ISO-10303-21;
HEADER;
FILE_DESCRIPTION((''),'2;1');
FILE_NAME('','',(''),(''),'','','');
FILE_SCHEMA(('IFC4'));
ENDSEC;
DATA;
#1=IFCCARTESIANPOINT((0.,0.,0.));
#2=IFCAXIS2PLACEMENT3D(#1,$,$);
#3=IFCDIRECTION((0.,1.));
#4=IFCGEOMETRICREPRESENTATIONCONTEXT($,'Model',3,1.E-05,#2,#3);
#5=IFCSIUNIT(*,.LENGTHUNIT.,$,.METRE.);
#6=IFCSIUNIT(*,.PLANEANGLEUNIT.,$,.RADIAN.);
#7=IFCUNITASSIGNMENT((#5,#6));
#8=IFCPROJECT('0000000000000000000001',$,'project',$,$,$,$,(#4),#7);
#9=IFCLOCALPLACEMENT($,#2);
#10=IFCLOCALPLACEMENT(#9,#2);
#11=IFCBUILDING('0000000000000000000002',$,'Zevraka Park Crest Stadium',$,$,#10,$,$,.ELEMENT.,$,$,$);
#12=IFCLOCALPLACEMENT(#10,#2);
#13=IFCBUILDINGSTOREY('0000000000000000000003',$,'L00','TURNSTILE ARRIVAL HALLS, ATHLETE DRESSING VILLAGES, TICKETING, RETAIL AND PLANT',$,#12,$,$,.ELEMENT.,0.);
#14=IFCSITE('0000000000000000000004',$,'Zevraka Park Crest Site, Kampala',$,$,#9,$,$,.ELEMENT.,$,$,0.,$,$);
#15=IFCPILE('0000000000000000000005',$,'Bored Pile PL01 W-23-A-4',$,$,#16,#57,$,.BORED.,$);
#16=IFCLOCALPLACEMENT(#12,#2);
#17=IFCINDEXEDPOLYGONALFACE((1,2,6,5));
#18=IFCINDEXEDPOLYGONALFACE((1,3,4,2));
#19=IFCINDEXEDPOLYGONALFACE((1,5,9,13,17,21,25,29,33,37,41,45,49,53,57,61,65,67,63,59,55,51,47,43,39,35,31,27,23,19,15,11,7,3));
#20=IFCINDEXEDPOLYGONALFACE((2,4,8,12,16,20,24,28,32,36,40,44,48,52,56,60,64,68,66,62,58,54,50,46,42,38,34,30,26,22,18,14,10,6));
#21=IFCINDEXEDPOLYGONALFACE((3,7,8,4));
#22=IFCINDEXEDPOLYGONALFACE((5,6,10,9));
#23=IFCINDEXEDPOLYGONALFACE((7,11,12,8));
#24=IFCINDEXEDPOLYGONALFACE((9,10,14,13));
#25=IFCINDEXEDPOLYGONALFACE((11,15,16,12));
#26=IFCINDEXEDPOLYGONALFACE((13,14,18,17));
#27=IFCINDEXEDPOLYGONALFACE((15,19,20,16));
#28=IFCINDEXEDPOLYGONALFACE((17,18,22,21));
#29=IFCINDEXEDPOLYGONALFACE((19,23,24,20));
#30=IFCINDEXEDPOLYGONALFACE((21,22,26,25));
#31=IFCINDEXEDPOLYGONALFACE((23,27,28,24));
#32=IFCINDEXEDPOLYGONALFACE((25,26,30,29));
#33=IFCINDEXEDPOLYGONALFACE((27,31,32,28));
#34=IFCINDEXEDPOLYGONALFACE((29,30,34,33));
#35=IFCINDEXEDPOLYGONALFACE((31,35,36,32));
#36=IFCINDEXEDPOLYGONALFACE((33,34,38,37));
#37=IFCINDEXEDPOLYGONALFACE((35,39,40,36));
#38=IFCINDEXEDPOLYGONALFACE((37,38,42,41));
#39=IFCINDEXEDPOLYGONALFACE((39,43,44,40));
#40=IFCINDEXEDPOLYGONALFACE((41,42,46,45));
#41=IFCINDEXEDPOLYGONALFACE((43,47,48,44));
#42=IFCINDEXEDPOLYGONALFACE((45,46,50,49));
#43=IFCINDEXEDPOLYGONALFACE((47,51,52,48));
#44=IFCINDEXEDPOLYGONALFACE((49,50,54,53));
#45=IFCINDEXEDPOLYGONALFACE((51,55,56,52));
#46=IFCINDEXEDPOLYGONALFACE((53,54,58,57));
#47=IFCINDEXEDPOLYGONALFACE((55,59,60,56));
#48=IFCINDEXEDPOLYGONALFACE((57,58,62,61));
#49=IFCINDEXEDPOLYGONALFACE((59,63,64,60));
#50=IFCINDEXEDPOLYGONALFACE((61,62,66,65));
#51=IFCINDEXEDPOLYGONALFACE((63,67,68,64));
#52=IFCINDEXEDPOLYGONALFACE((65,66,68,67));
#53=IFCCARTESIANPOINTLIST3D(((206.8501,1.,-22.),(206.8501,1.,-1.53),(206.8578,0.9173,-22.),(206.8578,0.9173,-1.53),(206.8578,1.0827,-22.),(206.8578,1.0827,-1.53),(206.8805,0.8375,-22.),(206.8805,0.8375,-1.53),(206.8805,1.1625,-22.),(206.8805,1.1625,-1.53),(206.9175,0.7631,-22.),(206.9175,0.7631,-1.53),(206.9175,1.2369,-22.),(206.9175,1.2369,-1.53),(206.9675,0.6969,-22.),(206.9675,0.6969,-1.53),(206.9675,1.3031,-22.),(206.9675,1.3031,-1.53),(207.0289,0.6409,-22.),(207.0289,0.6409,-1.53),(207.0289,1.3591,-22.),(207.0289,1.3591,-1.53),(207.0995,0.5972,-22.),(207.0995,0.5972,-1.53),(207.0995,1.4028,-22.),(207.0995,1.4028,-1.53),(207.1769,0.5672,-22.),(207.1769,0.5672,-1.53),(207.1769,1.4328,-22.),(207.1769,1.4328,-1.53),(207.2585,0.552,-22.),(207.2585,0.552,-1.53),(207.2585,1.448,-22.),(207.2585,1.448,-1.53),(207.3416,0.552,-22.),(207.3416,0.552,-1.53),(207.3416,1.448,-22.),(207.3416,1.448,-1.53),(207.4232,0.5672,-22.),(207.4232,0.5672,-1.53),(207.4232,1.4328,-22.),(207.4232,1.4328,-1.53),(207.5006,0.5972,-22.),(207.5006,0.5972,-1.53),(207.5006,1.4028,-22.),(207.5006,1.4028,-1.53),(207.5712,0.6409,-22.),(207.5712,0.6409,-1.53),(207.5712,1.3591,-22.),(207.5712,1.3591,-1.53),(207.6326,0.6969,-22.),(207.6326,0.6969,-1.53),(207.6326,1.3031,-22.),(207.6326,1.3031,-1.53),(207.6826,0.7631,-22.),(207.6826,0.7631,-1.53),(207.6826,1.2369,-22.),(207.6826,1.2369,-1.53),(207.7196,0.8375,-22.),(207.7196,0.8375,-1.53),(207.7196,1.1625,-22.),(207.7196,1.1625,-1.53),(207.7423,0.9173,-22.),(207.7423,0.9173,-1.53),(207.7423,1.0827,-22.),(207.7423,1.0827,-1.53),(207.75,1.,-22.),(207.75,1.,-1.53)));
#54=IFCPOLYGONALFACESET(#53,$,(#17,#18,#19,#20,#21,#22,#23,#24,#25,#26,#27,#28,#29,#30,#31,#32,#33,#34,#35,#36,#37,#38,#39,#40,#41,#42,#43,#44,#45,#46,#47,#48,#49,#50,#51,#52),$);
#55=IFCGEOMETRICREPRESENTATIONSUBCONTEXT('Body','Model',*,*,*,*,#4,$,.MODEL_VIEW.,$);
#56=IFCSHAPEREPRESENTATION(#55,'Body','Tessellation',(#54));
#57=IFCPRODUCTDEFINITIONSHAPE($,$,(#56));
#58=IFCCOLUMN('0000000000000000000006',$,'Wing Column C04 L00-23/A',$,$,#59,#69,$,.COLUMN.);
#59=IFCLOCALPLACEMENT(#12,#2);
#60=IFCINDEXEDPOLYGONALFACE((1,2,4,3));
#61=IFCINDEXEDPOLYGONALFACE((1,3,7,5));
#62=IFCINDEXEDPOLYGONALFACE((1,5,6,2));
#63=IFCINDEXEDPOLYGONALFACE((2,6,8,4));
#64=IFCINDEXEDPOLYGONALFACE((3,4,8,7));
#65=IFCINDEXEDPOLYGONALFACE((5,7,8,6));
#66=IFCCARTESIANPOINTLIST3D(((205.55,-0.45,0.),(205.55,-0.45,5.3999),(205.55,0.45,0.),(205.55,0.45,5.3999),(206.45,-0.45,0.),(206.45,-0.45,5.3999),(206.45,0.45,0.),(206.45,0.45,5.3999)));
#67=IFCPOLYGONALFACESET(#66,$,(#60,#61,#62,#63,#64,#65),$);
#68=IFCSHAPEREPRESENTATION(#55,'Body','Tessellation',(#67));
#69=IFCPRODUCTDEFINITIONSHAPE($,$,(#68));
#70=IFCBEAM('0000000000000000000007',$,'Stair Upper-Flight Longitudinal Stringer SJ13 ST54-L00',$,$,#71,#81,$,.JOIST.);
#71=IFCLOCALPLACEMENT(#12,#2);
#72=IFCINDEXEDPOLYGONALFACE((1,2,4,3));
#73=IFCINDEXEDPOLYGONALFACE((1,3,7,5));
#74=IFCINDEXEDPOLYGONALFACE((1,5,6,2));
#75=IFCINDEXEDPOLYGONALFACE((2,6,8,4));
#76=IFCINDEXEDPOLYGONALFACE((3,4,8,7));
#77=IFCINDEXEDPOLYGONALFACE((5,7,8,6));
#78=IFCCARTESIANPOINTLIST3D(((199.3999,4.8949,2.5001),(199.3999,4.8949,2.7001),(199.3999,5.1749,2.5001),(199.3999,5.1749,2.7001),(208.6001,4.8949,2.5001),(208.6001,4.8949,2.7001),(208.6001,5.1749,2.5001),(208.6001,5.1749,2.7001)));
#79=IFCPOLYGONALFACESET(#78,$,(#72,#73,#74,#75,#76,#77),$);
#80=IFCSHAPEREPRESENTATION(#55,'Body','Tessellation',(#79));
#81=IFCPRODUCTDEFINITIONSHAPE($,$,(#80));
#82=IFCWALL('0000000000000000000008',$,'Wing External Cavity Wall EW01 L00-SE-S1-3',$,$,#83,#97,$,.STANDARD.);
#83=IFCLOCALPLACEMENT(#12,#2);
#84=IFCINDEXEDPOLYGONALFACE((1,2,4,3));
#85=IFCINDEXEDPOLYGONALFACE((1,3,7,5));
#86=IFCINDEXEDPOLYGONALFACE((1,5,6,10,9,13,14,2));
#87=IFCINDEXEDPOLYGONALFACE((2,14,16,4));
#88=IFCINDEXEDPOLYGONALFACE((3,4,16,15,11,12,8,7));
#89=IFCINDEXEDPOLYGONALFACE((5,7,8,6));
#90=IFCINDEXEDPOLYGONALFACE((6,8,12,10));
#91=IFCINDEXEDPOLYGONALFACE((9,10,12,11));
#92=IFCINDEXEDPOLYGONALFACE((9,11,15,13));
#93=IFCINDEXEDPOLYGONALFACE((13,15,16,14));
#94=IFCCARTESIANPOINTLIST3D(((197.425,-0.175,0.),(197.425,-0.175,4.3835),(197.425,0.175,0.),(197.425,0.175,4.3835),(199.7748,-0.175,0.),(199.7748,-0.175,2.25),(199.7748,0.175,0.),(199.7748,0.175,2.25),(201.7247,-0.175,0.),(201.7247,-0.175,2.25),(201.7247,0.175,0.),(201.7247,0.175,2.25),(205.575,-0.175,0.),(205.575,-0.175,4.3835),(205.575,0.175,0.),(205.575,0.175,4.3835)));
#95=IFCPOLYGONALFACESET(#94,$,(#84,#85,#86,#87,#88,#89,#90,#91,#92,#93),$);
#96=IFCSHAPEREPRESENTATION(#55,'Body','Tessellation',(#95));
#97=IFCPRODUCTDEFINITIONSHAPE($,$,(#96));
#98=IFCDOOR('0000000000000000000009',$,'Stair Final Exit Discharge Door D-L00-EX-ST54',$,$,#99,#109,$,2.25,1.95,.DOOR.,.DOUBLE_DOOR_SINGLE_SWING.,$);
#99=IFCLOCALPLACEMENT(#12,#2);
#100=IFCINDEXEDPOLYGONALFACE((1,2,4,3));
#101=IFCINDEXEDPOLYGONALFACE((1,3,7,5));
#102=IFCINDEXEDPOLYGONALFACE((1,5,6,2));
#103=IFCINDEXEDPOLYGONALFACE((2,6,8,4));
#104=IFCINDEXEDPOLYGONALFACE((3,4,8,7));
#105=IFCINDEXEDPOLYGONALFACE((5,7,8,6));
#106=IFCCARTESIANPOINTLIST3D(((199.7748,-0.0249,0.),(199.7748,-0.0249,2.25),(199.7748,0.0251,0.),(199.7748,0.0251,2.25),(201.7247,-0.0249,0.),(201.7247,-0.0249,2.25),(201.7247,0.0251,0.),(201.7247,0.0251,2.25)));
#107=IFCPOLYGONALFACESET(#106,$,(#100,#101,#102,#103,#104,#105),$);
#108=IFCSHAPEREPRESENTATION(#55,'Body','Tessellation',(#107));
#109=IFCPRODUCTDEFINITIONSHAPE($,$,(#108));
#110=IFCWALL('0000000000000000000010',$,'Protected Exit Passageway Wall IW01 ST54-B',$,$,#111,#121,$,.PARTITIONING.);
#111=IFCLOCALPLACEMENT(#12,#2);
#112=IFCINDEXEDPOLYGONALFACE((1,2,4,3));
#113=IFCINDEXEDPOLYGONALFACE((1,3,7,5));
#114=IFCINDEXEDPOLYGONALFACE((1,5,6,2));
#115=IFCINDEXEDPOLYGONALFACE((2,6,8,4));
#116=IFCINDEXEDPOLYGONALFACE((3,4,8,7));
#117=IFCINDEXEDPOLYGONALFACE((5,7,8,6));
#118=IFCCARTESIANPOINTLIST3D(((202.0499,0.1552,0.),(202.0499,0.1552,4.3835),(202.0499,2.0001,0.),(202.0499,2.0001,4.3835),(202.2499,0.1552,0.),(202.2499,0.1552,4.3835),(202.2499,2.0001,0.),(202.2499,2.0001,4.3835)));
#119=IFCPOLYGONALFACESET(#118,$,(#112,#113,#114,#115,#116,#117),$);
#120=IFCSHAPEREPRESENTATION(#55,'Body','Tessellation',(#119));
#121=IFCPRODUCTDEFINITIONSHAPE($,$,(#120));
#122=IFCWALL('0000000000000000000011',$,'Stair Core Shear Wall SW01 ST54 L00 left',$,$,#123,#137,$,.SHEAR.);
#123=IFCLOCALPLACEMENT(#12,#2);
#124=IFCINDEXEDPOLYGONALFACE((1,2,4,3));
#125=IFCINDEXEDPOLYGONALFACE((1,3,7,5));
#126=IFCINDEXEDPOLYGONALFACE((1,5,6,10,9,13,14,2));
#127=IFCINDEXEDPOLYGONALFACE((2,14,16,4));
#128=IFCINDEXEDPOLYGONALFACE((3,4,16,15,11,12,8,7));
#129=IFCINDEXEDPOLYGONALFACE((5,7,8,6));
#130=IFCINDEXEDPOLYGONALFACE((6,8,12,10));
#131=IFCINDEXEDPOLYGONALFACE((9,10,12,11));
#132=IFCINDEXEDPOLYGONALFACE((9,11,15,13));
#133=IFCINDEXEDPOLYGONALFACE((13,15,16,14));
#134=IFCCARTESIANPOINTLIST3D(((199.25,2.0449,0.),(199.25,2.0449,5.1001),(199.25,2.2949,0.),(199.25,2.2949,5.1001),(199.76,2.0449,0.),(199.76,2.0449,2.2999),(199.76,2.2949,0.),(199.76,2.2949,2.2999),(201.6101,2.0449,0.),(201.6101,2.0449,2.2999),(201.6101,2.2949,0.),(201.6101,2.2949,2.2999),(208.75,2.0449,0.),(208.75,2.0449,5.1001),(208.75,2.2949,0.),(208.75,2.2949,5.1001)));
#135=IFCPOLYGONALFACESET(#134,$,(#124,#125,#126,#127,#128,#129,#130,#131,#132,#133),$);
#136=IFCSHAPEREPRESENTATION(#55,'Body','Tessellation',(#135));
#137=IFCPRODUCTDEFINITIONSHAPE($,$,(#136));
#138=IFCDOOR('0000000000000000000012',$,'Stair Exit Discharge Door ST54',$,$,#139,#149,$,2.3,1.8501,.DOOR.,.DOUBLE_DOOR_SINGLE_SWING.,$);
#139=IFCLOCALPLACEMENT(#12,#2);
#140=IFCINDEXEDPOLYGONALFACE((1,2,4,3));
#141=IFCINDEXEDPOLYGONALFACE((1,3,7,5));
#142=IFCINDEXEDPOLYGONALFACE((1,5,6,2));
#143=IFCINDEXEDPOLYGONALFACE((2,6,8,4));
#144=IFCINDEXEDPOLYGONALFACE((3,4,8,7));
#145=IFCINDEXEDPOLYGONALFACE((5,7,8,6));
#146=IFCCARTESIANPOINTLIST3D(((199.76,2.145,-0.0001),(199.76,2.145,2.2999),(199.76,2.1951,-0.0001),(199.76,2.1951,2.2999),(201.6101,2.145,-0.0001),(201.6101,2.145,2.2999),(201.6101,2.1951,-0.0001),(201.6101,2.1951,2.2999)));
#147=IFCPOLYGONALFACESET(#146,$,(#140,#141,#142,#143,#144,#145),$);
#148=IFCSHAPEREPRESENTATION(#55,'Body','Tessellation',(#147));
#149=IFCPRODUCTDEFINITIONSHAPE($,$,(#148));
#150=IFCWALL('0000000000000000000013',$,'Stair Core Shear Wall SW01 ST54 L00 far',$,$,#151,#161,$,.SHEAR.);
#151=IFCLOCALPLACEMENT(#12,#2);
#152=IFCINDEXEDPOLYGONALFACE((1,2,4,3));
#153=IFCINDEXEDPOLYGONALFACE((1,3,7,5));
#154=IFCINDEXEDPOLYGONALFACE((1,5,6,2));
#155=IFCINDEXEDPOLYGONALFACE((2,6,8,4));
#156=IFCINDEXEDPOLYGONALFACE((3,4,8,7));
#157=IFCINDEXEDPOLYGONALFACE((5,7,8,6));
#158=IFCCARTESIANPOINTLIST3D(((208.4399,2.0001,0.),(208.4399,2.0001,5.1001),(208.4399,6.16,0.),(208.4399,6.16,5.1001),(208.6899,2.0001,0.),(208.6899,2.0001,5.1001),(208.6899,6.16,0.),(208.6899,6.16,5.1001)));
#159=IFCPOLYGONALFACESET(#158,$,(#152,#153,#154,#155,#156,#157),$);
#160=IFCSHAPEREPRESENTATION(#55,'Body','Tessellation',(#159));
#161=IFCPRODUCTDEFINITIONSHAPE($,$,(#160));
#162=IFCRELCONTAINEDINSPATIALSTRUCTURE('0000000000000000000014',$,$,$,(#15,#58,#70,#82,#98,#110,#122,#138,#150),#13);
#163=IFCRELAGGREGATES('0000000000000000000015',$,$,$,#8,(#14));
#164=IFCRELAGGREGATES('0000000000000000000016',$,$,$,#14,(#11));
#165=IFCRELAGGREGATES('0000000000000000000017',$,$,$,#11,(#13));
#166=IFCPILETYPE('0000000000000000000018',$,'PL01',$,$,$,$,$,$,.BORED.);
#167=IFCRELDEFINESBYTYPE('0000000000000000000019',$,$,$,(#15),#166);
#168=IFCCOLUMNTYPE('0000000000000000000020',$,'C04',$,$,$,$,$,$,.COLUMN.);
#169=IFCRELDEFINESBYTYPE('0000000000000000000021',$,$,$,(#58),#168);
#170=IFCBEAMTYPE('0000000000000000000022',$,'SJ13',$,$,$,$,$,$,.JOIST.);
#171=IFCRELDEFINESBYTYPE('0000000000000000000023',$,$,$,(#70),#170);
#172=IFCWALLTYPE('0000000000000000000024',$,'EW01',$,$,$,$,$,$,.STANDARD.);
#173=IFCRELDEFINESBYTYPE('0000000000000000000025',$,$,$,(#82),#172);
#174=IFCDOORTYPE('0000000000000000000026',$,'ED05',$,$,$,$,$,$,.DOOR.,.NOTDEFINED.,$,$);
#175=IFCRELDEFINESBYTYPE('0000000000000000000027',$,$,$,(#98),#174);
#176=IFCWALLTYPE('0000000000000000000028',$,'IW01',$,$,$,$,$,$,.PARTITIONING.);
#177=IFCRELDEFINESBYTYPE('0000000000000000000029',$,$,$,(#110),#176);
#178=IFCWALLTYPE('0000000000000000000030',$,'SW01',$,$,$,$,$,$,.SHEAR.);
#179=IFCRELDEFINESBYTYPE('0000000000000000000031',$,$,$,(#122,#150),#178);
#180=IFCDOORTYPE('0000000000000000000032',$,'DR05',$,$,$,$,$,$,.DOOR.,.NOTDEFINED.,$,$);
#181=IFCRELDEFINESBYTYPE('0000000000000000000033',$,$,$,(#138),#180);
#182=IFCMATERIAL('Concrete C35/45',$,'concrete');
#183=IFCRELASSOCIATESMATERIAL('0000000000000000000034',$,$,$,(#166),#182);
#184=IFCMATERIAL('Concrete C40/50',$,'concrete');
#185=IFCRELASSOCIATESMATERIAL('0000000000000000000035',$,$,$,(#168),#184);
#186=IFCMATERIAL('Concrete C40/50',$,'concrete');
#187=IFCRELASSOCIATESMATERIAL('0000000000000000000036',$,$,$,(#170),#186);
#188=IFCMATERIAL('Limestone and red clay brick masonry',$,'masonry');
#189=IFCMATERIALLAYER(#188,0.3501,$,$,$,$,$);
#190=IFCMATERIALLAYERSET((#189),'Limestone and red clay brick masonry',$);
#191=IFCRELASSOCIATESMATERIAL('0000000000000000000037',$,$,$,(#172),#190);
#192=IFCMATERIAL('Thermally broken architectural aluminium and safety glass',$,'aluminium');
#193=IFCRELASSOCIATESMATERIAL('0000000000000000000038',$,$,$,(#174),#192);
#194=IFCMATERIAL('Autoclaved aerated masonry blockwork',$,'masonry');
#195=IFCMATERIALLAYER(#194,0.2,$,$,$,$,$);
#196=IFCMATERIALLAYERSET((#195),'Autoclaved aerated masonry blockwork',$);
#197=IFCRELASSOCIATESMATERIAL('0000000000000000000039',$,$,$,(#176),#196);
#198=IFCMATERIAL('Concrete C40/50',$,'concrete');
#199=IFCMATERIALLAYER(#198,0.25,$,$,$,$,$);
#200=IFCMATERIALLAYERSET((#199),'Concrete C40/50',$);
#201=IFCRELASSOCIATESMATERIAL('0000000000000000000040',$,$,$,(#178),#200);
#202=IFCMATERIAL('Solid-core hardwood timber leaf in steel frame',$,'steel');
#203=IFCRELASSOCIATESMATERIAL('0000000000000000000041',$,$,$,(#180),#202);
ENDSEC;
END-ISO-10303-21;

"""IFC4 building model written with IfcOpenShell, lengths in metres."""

from ifc_helpers import new_model, si_unit, direction, frame, frame_2d, origin, origin_2d, place, context, subcontext, project, spatial, rectangle, circle, extrude, material, layer, layer_set, material_profile, profile_set, type_object, element, fill, save


model = new_model("IFC4")

# Units and contexts
model_context = context("Model", 3, precision=1e-05, world=origin(), true_north=direction((0.0, 1.0)))
body_context = subcontext(model_context, "Body", "Model", "MODEL_VIEW")
ifc_project = project(units=[si_unit("LENGTHUNIT", "METRE"), si_unit("PLANEANGLEUNIT", "RADIAN")], contexts=[model_context])

# Site, building, storey
site_placement = place(None, origin())
site = spatial("IfcSite", under=ifc_project, at=site_placement, Name="Zevraka Park Crest Site, Kampala", CompositionType="ELEMENT", RefElevation=0.0)
building_placement = place(site_placement, origin())
building = spatial("IfcBuilding", under=site, at=building_placement, Name="Zevraka Park Crest Stadium", CompositionType="ELEMENT")
storey_placement = place(building_placement, origin())
storey = spatial("IfcBuildingStorey", under=building, at=storey_placement, Name="L00", Description="TURNSTILE ARRIVAL HALLS, ATHLETE DRESSING VILLAGES, TICKETING, RETAIL AND PLANT", CompositionType="ELEMENT", Elevation=0.0)

# Pile
ifc_material_1 = material(Name="Concrete C35/45", Category="concrete")
ifc_material_profile_1 = material_profile(ifc_material_1, circle(Radius=0.45, at=origin_2d()), Name="PILE D900")
ifc_profile_set_1 = profile_set([ifc_material_profile_1], Name="Concrete C35/45")
pile_type = type_object("IfcPileType", Name="PL01", PredefinedType="BORED", material=ifc_profile_set_1)
for number, where, z_axis, x_axis, name in (
    (1, (207.3, 1.0, -1.53), (0.0, 0.0, -1.0), (1.0, 0.0, 0.0), "Bored Pile PL01 W-23-A-4"),
):
    element("IfcPile", number, at=place(storey_placement, frame(where, z_axis=z_axis, x_axis=x_axis)), inside=storey, type_object=pile_type, Name=name, PredefinedType="BORED", context=body_context, shape_type="SweptSolid", body=[
        extrude(circle(Radius=0.45, at=origin_2d()), origin(), (0.0, 0.0, 1.0), 20.47),
    ])

# Column
ifc_material_2 = material(Name="Concrete C40/50", Category="concrete")
ifc_material_profile_2 = material_profile(ifc_material_2, rectangle(XDim=0.8999, YDim=0.8999, at=origin_2d()), Name="RC 900x900")
ifc_profile_set_2 = profile_set([ifc_material_profile_2], Name="Concrete C40/50")
column_type = type_object("IfcColumnType", Name="C04", PredefinedType="COLUMN", material=ifc_profile_set_2)
column_placement = place(storey_placement, frame((206.0, 0.0, 0.0), z_axis=(0.0, 0.0, 1.0), x_axis=(1.0, 0.0, 0.0)))
element("IfcColumn", 2, at=column_placement, inside=storey, type_object=column_type, Name="Wing Column C04 L00-23/A", PredefinedType="COLUMN", context=body_context, shape_type="SweptSolid", body=[
    extrude(rectangle(XDim=0.8999, YDim=0.8999, at=origin_2d()), origin(), (0.0, 0.0, 1.0), 5.3999),
])

# Beam
ifc_material_3 = material(Name="Concrete C40/50", Category="concrete")
ifc_material_profile_3 = material_profile(ifc_material_3, rectangle(XDim=0.28, YDim=0.2, at=origin_2d()), Name="RC 200x280")
ifc_profile_set_3 = profile_set([ifc_material_profile_3], Name="Concrete C40/50")
beam_type = type_object("IfcBeamType", Name="SJ13", PredefinedType="JOIST", material=ifc_profile_set_3)
beam_placement = place(storey_placement, frame((199.3999, 5.0349, 2.6001), z_axis=(1.0, 0.0, 0.0), x_axis=(0.0, 1.0, 0.0)))
element("IfcBeam", 3, at=beam_placement, inside=storey, type_object=beam_type, Name="Stair Upper-Flight Longitudinal Stringer SJ13 ST54-L00", PredefinedType="JOIST", context=body_context, shape_type="SweptSolid", body=[
    extrude(rectangle(XDim=0.28, YDim=0.2, at=origin_2d()), origin(), (0.0, 0.0, 1.0), 9.2002),
])

# Wall, opening, door
ifc_material_4 = material(Name="Limestone and red clay brick masonry", Category="masonry")
ifc_layer_1 = layer(ifc_material_4, 0.3501)
ifc_layer_set_1 = layer_set([ifc_layer_1], Name="Limestone and red clay brick masonry")
wall_type_1 = type_object("IfcWallType", Name="EW01", PredefinedType="STANDARD", material=ifc_layer_set_1)
wall_1_placement = place(storey_placement, frame((205.575, 0.0, 0.0), z_axis=(0.0, 0.0, 1.0), x_axis=(-1.0, 0.0, 0.0)))
wall_1 = element("IfcWall", 4, at=wall_1_placement, inside=storey, type_object=wall_type_1, Name="Wing External Cavity Wall EW01 L00-SE-S1-3", PredefinedType="STANDARD", context=body_context, shape_type="SweptSolid", body=[
    extrude(rectangle(XDim=8.1499, YDim=0.3501, at=frame_2d((4.075, 0.0))), origin(), (0.0, 0.0, 1.0), 4.3835),
])
opening_1_placement = place(wall_1_placement, frame((3.8501, 0.0, 0.0)))
opening_1 = element("IfcOpeningElement", 5, at=opening_1_placement, cuts=wall_1, PredefinedType="OPENING", context=body_context, shape_type="SweptSolid", body=[
    extrude(rectangle(XDim=1.95, YDim=2.25, at=frame_2d((0.9751, 1.125))), frame((0.0, 0.1851, 0.0), z_axis=(0.0, -1.0, 0.0), x_axis=(1.0, 0.0, 0.0)), (0.0, 0.0, 1.0), 0.3701),
])
ifc_material_5 = material(Name="Thermally broken architectural aluminium and safety glass", Category="aluminium")
door_type_1 = type_object("IfcDoorType", Name="ED05", OperationType="NOTDEFINED", PredefinedType="DOOR", material=ifc_material_5)
door_1_placement = place(opening_1_placement, origin())
door_1 = element("IfcDoor", 6, at=door_1_placement, inside=storey, type_object=door_type_1, Name="Stair Final Exit Discharge Door D-L00-EX-ST54", OperationType="DOUBLE_DOOR_SINGLE_SWING", OverallHeight=2.25, OverallWidth=1.95, PredefinedType="DOOR", context=body_context, shape_type="SweptSolid", body=[
    extrude(rectangle(XDim=1.95, YDim=2.25, at=frame_2d((0.9751, 1.125))), frame((0.0, 0.0249, 0.0), z_axis=(0.0, -1.0, 0.0), x_axis=(1.0, 0.0, 0.0)), (0.0, 0.0, 1.0), 0.05),
])
fill(opening_1, door_1)

# Wall
ifc_material_6 = material(Name="Autoclaved aerated masonry blockwork", Category="masonry")
ifc_layer_2 = layer(ifc_material_6, 0.2)
ifc_layer_set_2 = layer_set([ifc_layer_2], Name="Autoclaved aerated masonry blockwork")
wall_type_2 = type_object("IfcWallType", Name="IW01", PredefinedType="PARTITIONING", material=ifc_layer_set_2)
wall_2_placement = place(storey_placement, frame((202.1499, 2.0, 0.0), z_axis=(0.0, 0.0, 1.0), x_axis=(0.0, -1.0, 0.0)))
element("IfcWall", 7, at=wall_2_placement, inside=storey, type_object=wall_type_2, Name="Protected Exit Passageway Wall IW01 ST54-B", PredefinedType="PARTITIONING", context=body_context, shape_type="SweptSolid", body=[
    extrude(rectangle(XDim=1.845, YDim=0.2, at=frame_2d((0.9224, 0.0))), origin(), (0.0, 0.0, 1.0), 4.3835),
])

# Wall, opening, door
ifc_material_7 = material(Name="Concrete C40/50", Category="concrete")
ifc_layer_3 = layer(ifc_material_7, 0.25)
ifc_layer_set_3 = layer_set([ifc_layer_3], Name="Concrete C40/50")
wall_type_3 = type_object("IfcWallType", Name="SW01", PredefinedType="SHEAR", material=ifc_layer_set_3)
wall_3_placement = place(storey_placement, frame((208.75, 2.1699, 0.0), z_axis=(0.0, 0.0, 1.0), x_axis=(-1.0, 0.0, 0.0)))
wall_3 = element("IfcWall", 8, at=wall_3_placement, inside=storey, type_object=wall_type_3, Name="Stair Core Shear Wall SW01 ST54 L00 left", PredefinedType="SHEAR", context=body_context, shape_type="SweptSolid", body=[
    extrude(rectangle(XDim=9.5, YDim=0.25, at=frame_2d((4.75, 0.0))), origin(), (0.0, 0.0, 1.0), 5.1001),
])
opening_2_placement = place(wall_3_placement, frame((7.1399, 0.0, 0.0)))
opening_2 = element("IfcOpeningElement", 9, at=opening_2_placement, cuts=wall_3, PredefinedType="OPENING", context=body_context, shape_type="SweptSolid", body=[
    extrude(rectangle(XDim=1.8501, YDim=2.3, at=frame_2d((0.925, 1.1499))), frame((0.0, 0.135, 0.0), z_axis=(0.0, -1.0, 0.0), x_axis=(1.0, 0.0, 0.0)), (0.0, 0.0, 1.0), 0.27),
])
ifc_material_8 = material(Name="Solid-core hardwood timber leaf in steel frame", Category="steel")
door_type_2 = type_object("IfcDoorType", Name="DR05", OperationType="NOTDEFINED", PredefinedType="DOOR", material=ifc_material_8)
door_2_placement = place(opening_2_placement, origin())
door_2 = element("IfcDoor", 10, at=door_2_placement, inside=storey, type_object=door_type_2, Name="Stair Exit Discharge Door ST54", OperationType="DOUBLE_DOOR_SINGLE_SWING", OverallHeight=2.3, OverallWidth=1.8501, PredefinedType="DOOR", context=body_context, shape_type="SweptSolid", body=[
    extrude(rectangle(XDim=1.8501, YDim=2.3, at=frame_2d((0.925, 1.1499))), frame((0.0, 0.0249, 0.0), z_axis=(0.0, -1.0, 0.0), x_axis=(1.0, 0.0, 0.0)), (0.0, 0.0, 1.0), 0.05),
])
fill(opening_2, door_2)

# Wall
wall_4_placement = place(storey_placement, frame((208.5649, 2.0, 0.0), z_axis=(0.0, 0.0, 1.0), x_axis=(0.0, 1.0, 0.0)))
element("IfcWall", 11, at=wall_4_placement, inside=storey, type_object=wall_type_3, Name="Stair Core Shear Wall SW01 ST54 L00 far", PredefinedType="SHEAR", context=body_context, shape_type="SweptSolid", body=[
    extrude(rectangle(XDim=4.1599, YDim=0.25, at=frame_2d((2.0801, 0.0))), origin(), (0.0, 0.0, 1.0), 5.1001),
])

save(model, "model.ifc")
